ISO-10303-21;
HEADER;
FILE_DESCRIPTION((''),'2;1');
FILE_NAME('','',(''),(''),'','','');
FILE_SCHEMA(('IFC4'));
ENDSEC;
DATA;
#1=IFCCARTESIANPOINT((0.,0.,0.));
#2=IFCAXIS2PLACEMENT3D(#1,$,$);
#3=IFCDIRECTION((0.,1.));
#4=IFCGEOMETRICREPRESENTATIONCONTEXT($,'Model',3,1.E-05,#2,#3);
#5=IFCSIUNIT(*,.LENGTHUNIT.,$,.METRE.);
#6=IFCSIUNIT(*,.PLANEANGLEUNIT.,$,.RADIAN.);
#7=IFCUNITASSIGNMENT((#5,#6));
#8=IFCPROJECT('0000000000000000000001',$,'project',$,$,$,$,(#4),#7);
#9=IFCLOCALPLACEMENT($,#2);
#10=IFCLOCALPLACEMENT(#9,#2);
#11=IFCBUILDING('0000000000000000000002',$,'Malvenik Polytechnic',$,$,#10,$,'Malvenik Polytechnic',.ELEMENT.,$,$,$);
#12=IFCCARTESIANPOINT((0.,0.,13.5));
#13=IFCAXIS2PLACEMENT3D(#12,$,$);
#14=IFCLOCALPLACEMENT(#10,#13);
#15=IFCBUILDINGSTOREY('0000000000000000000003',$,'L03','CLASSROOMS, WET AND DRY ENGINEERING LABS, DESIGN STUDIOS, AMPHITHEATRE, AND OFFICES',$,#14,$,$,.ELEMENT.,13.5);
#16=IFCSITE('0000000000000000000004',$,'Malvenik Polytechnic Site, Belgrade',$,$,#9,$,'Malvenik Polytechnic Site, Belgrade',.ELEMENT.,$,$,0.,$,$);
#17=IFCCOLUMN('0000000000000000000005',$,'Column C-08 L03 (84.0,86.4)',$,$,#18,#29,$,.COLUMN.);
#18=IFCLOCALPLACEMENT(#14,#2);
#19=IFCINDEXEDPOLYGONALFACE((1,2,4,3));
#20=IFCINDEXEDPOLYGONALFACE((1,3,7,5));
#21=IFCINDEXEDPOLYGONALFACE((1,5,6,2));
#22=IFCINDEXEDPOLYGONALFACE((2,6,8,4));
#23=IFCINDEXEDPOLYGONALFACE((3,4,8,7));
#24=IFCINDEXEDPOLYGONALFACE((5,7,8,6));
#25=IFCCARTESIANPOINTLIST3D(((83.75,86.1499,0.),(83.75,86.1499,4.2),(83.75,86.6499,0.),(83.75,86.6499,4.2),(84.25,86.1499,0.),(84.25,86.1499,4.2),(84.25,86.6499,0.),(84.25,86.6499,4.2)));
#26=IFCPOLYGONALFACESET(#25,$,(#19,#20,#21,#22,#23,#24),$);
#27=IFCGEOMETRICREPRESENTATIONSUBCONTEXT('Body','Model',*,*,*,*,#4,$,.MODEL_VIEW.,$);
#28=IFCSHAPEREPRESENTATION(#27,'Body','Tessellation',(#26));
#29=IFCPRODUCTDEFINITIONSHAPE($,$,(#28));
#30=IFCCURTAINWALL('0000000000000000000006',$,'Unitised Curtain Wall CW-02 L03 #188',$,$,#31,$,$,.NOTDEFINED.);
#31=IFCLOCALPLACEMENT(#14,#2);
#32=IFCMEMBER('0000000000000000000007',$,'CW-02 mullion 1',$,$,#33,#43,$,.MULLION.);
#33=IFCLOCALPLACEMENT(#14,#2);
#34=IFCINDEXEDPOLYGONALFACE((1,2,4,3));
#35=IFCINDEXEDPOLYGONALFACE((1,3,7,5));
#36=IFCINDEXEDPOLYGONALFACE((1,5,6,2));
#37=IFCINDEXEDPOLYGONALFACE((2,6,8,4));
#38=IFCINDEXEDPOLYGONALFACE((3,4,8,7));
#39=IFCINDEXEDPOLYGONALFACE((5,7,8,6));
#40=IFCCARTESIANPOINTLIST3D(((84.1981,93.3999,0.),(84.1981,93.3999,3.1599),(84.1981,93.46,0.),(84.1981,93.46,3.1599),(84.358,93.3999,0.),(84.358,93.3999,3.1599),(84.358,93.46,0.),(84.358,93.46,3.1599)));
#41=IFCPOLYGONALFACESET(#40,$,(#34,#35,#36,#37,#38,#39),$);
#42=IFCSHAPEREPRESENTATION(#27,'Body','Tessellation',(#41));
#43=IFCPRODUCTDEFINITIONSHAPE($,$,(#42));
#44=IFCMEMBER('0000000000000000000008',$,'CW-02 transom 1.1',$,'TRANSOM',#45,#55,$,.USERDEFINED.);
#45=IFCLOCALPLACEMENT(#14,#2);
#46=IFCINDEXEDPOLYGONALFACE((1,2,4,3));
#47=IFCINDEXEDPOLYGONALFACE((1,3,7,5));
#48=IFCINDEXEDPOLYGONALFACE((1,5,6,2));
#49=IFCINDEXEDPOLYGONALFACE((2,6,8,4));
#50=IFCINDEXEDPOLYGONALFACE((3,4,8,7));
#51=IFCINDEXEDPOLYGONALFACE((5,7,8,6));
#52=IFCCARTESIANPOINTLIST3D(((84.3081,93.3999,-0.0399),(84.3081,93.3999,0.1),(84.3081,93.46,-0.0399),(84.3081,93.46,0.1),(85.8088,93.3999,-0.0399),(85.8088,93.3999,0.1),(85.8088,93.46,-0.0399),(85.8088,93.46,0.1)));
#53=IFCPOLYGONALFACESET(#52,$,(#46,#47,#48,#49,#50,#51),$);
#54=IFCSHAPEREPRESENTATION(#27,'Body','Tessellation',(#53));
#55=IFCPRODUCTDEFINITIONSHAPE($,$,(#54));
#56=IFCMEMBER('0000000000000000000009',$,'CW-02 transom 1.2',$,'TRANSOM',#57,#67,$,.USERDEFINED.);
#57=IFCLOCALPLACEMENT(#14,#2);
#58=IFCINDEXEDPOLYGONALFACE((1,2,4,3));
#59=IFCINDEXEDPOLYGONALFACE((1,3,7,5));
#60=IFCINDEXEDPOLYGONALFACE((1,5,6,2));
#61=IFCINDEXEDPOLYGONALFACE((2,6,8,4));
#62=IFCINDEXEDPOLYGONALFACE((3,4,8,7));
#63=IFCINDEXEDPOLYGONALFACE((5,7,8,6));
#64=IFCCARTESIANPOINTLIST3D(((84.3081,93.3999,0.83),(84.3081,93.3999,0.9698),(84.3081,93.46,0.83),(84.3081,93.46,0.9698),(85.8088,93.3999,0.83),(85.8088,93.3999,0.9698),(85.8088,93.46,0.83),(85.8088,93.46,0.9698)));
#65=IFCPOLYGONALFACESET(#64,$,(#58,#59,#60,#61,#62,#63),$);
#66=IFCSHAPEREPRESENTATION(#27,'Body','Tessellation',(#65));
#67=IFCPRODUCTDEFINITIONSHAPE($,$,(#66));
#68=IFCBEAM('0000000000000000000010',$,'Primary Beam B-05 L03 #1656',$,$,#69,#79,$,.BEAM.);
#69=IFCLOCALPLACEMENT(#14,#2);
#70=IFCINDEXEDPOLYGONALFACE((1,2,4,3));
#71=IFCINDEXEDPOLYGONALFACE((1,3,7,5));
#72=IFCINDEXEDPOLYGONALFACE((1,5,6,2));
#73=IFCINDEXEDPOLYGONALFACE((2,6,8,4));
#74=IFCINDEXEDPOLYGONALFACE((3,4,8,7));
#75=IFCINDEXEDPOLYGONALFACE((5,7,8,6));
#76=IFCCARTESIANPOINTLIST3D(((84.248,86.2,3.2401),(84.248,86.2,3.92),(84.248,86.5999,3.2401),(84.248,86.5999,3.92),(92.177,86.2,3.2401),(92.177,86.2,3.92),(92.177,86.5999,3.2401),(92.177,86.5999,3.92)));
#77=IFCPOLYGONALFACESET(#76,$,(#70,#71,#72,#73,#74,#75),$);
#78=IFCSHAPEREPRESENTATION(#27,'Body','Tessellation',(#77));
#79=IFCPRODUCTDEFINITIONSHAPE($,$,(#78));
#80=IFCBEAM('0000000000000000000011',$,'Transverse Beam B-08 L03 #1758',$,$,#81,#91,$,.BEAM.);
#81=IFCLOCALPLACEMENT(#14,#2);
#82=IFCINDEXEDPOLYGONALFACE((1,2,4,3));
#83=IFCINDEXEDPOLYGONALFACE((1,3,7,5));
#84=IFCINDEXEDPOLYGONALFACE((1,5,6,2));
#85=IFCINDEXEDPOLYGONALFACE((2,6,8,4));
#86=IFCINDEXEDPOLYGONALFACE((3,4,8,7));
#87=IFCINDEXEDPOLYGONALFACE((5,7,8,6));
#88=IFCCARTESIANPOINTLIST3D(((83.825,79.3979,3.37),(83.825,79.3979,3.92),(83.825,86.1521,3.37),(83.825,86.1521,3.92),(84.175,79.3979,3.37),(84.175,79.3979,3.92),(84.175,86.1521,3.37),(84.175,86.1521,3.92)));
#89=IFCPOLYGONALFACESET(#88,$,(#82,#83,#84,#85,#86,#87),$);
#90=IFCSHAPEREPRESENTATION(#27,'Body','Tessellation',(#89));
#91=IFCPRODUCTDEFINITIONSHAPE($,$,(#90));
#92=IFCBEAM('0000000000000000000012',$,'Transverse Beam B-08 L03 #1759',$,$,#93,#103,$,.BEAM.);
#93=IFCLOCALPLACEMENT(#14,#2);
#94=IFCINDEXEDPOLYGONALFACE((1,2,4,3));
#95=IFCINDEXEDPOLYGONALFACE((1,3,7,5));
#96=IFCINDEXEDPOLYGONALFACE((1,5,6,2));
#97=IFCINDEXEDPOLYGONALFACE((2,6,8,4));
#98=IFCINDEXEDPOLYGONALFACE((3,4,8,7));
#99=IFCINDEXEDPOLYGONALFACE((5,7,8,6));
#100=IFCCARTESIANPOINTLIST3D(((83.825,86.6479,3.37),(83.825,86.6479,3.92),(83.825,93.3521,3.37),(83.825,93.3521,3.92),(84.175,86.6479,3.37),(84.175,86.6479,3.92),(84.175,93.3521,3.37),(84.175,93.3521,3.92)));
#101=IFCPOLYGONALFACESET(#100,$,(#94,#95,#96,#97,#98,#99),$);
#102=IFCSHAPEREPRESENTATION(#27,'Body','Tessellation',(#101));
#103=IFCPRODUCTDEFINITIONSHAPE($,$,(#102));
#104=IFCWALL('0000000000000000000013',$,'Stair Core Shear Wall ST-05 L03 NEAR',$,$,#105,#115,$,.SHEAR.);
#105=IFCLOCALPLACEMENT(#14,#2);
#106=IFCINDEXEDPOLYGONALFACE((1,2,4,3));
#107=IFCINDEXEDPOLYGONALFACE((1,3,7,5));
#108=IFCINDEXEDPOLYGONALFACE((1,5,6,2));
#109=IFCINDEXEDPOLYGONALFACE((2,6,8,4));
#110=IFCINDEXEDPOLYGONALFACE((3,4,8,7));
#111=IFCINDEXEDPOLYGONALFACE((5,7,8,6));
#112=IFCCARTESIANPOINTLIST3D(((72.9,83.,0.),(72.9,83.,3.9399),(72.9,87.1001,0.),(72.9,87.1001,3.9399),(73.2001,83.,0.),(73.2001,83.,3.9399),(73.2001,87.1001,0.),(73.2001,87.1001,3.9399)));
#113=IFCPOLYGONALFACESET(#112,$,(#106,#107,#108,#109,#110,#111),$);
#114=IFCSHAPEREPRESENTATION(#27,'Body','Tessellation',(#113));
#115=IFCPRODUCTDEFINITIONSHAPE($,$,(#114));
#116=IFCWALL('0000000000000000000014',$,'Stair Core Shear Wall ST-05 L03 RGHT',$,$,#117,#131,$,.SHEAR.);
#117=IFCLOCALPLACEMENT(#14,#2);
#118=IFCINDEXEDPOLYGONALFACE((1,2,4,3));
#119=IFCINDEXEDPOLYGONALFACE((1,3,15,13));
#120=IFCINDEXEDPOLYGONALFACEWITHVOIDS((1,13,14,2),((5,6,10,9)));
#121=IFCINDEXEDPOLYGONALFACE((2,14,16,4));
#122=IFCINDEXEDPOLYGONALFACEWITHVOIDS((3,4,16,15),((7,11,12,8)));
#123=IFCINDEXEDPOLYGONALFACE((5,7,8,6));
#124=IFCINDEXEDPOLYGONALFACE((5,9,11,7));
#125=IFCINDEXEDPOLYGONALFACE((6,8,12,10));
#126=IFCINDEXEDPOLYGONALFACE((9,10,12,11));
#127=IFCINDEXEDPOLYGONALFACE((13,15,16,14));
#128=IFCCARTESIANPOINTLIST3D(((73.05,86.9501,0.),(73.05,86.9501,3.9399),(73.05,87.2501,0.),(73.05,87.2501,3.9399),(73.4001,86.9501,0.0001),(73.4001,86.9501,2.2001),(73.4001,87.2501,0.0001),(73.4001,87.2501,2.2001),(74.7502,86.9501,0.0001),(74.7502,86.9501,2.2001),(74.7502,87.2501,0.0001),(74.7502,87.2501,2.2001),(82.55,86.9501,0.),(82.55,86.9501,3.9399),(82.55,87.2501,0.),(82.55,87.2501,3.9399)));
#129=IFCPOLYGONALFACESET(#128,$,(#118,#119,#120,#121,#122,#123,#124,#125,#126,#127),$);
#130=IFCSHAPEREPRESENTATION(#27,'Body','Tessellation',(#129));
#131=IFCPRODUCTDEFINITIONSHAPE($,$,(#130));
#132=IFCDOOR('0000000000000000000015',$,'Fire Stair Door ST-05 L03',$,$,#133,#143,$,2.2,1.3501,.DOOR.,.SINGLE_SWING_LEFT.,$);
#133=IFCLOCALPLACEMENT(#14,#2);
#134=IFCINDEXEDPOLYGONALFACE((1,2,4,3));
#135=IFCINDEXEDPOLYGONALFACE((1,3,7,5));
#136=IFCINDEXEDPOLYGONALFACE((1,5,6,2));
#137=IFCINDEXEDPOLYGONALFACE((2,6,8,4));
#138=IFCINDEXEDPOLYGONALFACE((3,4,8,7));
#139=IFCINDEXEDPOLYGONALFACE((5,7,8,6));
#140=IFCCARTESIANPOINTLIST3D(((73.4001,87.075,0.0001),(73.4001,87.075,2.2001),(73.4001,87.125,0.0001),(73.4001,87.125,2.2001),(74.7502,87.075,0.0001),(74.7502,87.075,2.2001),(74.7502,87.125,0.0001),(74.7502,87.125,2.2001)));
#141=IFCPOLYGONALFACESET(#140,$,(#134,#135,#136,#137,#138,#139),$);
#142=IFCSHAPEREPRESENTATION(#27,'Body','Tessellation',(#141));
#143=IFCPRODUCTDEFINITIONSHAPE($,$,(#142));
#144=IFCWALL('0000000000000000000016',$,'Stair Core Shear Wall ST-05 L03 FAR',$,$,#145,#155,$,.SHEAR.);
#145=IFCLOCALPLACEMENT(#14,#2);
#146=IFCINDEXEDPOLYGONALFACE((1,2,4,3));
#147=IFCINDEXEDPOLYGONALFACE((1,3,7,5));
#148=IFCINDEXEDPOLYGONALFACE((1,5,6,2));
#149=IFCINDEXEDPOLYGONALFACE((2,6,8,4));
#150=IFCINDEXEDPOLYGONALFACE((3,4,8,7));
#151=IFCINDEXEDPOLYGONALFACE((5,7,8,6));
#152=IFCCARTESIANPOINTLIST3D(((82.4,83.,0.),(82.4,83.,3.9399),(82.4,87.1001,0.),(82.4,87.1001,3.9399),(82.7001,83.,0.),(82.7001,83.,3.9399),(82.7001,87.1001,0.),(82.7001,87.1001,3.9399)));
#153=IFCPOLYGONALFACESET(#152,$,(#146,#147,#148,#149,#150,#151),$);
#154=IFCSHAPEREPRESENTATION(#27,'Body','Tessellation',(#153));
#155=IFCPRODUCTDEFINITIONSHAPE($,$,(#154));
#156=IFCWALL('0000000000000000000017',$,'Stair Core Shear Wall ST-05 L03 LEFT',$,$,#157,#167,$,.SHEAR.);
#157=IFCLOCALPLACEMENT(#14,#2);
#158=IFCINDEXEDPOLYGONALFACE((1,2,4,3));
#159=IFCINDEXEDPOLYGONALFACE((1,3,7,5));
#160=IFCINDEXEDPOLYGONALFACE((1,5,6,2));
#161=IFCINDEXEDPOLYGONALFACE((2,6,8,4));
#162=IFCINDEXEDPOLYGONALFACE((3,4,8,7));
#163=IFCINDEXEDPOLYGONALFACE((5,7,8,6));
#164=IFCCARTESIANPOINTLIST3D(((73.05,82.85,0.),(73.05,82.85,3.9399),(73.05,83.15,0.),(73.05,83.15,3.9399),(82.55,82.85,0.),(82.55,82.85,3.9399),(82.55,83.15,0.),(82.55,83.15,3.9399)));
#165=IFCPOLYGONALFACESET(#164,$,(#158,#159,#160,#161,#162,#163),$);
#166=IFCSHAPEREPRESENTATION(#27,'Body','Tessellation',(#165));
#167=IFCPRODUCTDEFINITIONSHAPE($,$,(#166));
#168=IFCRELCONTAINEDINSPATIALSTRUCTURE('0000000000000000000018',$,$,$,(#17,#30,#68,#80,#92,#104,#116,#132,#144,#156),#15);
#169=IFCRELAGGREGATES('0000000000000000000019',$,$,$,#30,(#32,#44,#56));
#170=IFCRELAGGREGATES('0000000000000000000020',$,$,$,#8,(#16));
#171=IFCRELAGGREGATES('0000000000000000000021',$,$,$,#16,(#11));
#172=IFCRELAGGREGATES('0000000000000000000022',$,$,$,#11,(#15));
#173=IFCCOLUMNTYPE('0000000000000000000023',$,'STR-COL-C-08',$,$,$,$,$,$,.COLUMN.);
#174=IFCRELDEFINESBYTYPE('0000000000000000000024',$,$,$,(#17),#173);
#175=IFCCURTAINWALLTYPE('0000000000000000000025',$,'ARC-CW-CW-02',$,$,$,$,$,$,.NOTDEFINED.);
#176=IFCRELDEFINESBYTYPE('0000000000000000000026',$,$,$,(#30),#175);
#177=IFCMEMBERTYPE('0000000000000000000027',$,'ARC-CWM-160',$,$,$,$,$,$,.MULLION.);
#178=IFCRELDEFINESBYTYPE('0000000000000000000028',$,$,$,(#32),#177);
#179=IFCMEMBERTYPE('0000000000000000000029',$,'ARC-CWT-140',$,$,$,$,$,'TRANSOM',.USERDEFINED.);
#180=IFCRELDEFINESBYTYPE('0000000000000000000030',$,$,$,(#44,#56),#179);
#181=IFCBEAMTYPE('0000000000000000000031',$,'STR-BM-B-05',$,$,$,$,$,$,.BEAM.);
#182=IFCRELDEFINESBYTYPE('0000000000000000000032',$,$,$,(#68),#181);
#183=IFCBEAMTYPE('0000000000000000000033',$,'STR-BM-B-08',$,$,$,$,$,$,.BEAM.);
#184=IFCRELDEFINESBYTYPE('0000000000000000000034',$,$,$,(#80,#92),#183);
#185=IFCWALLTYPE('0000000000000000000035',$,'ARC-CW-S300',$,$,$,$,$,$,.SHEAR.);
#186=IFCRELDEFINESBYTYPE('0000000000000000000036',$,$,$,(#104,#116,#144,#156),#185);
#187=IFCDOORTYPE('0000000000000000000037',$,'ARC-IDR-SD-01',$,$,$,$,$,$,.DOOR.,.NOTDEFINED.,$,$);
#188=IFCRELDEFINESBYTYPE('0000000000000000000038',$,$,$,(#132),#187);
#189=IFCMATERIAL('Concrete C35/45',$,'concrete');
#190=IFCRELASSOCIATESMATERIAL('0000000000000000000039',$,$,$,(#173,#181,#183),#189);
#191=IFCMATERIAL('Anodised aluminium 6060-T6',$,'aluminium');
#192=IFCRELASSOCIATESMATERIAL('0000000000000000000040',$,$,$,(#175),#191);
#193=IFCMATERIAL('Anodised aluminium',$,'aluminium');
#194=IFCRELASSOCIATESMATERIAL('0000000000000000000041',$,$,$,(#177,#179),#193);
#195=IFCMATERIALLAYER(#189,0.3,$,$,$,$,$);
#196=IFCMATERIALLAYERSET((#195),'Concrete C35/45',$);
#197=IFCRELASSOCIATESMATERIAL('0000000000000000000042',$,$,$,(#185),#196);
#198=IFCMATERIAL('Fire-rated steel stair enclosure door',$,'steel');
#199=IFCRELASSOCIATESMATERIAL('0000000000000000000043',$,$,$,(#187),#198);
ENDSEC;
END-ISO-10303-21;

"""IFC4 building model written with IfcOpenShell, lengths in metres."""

from ifc_helpers import new_model, si_unit, direction, frame, frame_2d, origin, origin_2d, place, context, subcontext, project, spatial, rectangle, extrude, material, layer, layer_set, material_profile, profile_set, type_object, element, fill, aggregate, save


model = new_model("IFC4")

# Units and contexts
model_context = context("Model", 3, precision=1e-05, world=origin(), true_north=direction((0.0, 1.0)))
body_context = subcontext(model_context, "Body", "Model", "MODEL_VIEW")
ifc_project = project(units=[si_unit("LENGTHUNIT", "METRE"), si_unit("PLANEANGLEUNIT", "RADIAN")], contexts=[model_context])

# Site, building, storey
site_placement = place(None, origin())
site = spatial("IfcSite", under=ifc_project, at=site_placement, Name="Malvenik Polytechnic Site, Belgrade", LongName="Malvenik Polytechnic Site, Belgrade", CompositionType="ELEMENT", RefElevation=0.0)
building_placement = place(site_placement, origin())
building = spatial("IfcBuilding", under=site, at=building_placement, Name="Malvenik Polytechnic", LongName="Malvenik Polytechnic", CompositionType="ELEMENT")
storey_placement = place(building_placement, frame((0.0, 0.0, 13.5)))
storey = spatial("IfcBuildingStorey", under=building, at=storey_placement, Name="L03", Description="CLASSROOMS, WET AND DRY ENGINEERING LABS, DESIGN STUDIOS, AMPHITHEATRE, AND OFFICES", CompositionType="ELEMENT", Elevation=13.5)

# Column
ifc_material_1 = material(Name="Concrete C35/45", Category="concrete")
ifc_material_profile_1 = material_profile(ifc_material_1, rectangle(XDim=0.5, YDim=0.5, at=origin_2d()), Name="RC COL 500x500")
ifc_profile_set_1 = profile_set([ifc_material_profile_1], Name="Concrete C35/45")
column_type = type_object("IfcColumnType", Name="STR-COL-C-08", PredefinedType="COLUMN", material=ifc_profile_set_1)
column_placement = place(storey_placement, frame((84.0, 86.3999, 0.0), z_axis=(0.0, 0.0, 1.0), x_axis=(1.0, 0.0, 0.0)))
element("IfcColumn", 1, at=column_placement, inside=storey, type_object=column_type, Name="Column C-08 L03 (84.0,86.4)", PredefinedType="COLUMN", context=body_context, shape_type="SweptSolid", body=[
    extrude(rectangle(XDim=0.5, YDim=0.5, at=origin_2d()), origin(), (0.0, 0.0, 1.0), 4.2),
])

# Curtain wall, members
ifc_material_2 = material(Name="Anodised aluminium 6060-T6", Category="aluminium")
curtain_wall_type = type_object("IfcCurtainWallType", Name="ARC-CW-CW-02", PredefinedType="NOTDEFINED", material=ifc_material_2)
curtain_wall_placement = place(storey_placement, origin())
curtain_wall = element("IfcCurtainWall", 2, at=curtain_wall_placement, inside=storey, type_object=curtain_wall_type, Name="Unitised Curtain Wall CW-02 L03 #188", PredefinedType="NOTDEFINED")
ifc_material_3 = material(Name="Anodised aluminium", Category="aluminium")
ifc_material_profile_2 = material_profile(ifc_material_3, rectangle(XDim=0.0601, YDim=0.1599, at=origin_2d()), Name="ALU MULLION 60x160")
ifc_profile_set_2 = profile_set([ifc_material_profile_2], Name="Anodised aluminium")
member_type_1 = type_object("IfcMemberType", Name="ARC-CWM-160", PredefinedType="MULLION", material=ifc_profile_set_2)
member_1_placement = place(storey_placement, frame((84.2781, 93.4299, 0.0), z_axis=(0.0, 0.0, 1.0), x_axis=(0.0, 1.0, 0.0)))
member_1 = element("IfcMember", 3, at=member_1_placement, type_object=member_type_1, Name="CW-02 mullion 1", PredefinedType="MULLION", context=body_context, shape_type="SweptSolid", body=[
    extrude(rectangle(XDim=0.0601, YDim=0.1599, at=origin_2d()), origin(), (0.0, 0.0, 1.0), 3.1599),
])
ifc_material_profile_3 = material_profile(ifc_material_3, rectangle(XDim=0.0601, YDim=0.1399, at=origin_2d()), Name="ALU TRANSOM 60x140")
ifc_profile_set_3 = profile_set([ifc_material_profile_3], Name="Anodised aluminium")
member_type_2 = type_object("IfcMemberType", Name="ARC-CWT-140", ElementType="TRANSOM", PredefinedType="USERDEFINED", material=ifc_profile_set_3)
member_2_placement = place(storey_placement, frame((84.3081, 93.4299, 0.03), z_axis=(1.0, 0.0, 0.0), x_axis=(0.0, 1.0, 0.0)))
member_2 = element("IfcMember", 4, at=member_2_placement, type_object=member_type_2, Name="CW-02 transom 1.1", ObjectType="TRANSOM", PredefinedType="USERDEFINED", context=body_context, shape_type="SweptSolid", body=[
    extrude(rectangle(XDim=0.0601, YDim=0.1399, at=origin_2d()), origin(), (0.0, 0.0, 1.0), 1.5007),
])
member_3_placement = place(storey_placement, frame((84.3081, 93.4299, 0.8999), z_axis=(1.0, 0.0, 0.0), x_axis=(0.0, 1.0, 0.0)))
member_3 = element("IfcMember", 5, at=member_3_placement, type_object=member_type_2, Name="CW-02 transom 1.2", ObjectType="TRANSOM", PredefinedType="USERDEFINED", context=body_context, shape_type="SweptSolid", body=[
    extrude(rectangle(XDim=0.0601, YDim=0.1399, at=origin_2d()), origin(), (0.0, 0.0, 1.0), 1.5007),
])
aggregate(curtain_wall, [member_1, member_2, member_3])

# Beams
ifc_material_profile_4 = material_profile(ifc_material_1, rectangle(XDim=0.3999, YDim=0.6799, at=origin_2d()), Name="RC BM 400x680")
ifc_profile_set_4 = profile_set([ifc_material_profile_4], Name="Concrete C35/45")
beam_type_1 = type_object("IfcBeamType", Name="STR-BM-B-05", PredefinedType="BEAM", material=ifc_profile_set_4)
beam_1_placement = place(storey_placement, frame((84.248, 86.3999, 3.5801), z_axis=(1.0, 0.0, 0.0), x_axis=(0.0, 1.0, 0.0)))
element("IfcBeam", 6, at=beam_1_placement, inside=storey, type_object=beam_type_1, Name="Primary Beam B-05 L03 #1656", PredefinedType="BEAM", context=body_context, shape_type="SweptSolid", body=[
    extrude(rectangle(XDim=0.3999, YDim=0.6799, at=origin_2d()), origin(), (0.0, 0.0, 1.0), 7.929),
])
ifc_material_profile_5 = material_profile(ifc_material_1, rectangle(XDim=0.3501, YDim=0.55, at=origin_2d()), Name="RC BM 350x550")
ifc_profile_set_5 = profile_set([ifc_material_profile_5], Name="Concrete C35/45")
beam_type_2 = type_object("IfcBeamType", Name="STR-BM-B-08", PredefinedType="BEAM", material=ifc_profile_set_5)
beam_2_placement = place(storey_placement, frame((84.0, 79.3979, 3.645), z_axis=(0.0, 1.0, 0.0), x_axis=(-1.0, 0.0, 0.0)))
element("IfcBeam", 7, at=beam_2_placement, inside=storey, type_object=beam_type_2, Name="Transverse Beam B-08 L03 #1758", PredefinedType="BEAM", context=body_context, shape_type="SweptSolid", body=[
    extrude(rectangle(XDim=0.3501, YDim=0.55, at=origin_2d()), origin(), (0.0, 0.0, 1.0), 6.7542),
])
beam_3_placement = place(storey_placement, frame((84.0, 86.6479, 3.645), z_axis=(0.0, 1.0, 0.0), x_axis=(-1.0, 0.0, 0.0)))
element("IfcBeam", 8, at=beam_3_placement, inside=storey, type_object=beam_type_2, Name="Transverse Beam B-08 L03 #1759", PredefinedType="BEAM", context=body_context, shape_type="SweptSolid", body=[
    extrude(rectangle(XDim=0.3501, YDim=0.55, at=origin_2d()), origin(), (0.0, 0.0, 1.0), 6.7041),
])

# Wall
ifc_layer_1 = layer(ifc_material_1, 0.3)
ifc_layer_set_1 = layer_set([ifc_layer_1], Name="Concrete C35/45")
wall_type_1 = type_object("IfcWallType", Name="ARC-CW-S300", PredefinedType="SHEAR", material=ifc_layer_set_1)
wall_1_placement = place(storey_placement, frame((73.05, 83.0, 0.0), z_axis=(0.0, 0.0, 1.0), x_axis=(0.0, 1.0, 0.0)))
element("IfcWall", 9, at=wall_1_placement, inside=storey, type_object=wall_type_1, Name="Stair Core Shear Wall ST-05 L03 NEAR", PredefinedType="SHEAR", context=body_context, shape_type="SweptSolid", body=[
    extrude(rectangle(XDim=4.1001, YDim=0.3, at=frame_2d((2.05, 0.0))), origin(), (0.0, 0.0, 1.0), 3.9399),
])

# Wall, opening, door
wall_2_placement = place(storey_placement, frame((73.05, 87.1001, 0.0), z_axis=(0.0, 0.0, 1.0), x_axis=(1.0, 0.0, 0.0)))
wall_2 = element("IfcWall", 10, at=wall_2_placement, inside=storey, type_object=wall_type_1, Name="Stair Core Shear Wall ST-05 L03 RGHT", PredefinedType="SHEAR", context=body_context, shape_type="SweptSolid", body=[
    extrude(rectangle(XDim=9.5, YDim=0.3, at=frame_2d((4.75, 0.0))), origin(), (0.0, 0.0, 1.0), 3.9399),
])
opening_1_placement = place(wall_2_placement, frame((0.3501, 0.0, 0.0)))
opening_1 = element("IfcOpeningElement", 11, at=opening_1_placement, cuts=wall_2, PredefinedType="OPENING", context=body_context, shape_type="SweptSolid", body=[
    extrude(rectangle(XDim=1.3501, YDim=2.2, at=frame_2d((0.675, 1.1001))), frame((0.0, 0.1602, 0.0), z_axis=(0.0, -1.0, 0.0), x_axis=(1.0, 0.0, 0.0)), (0.0, 0.0, 1.0), 0.3201),
])
ifc_material_4 = material(Name="Fire-rated steel stair enclosure door", Category="steel")
door_type_1 = type_object("IfcDoorType", Name="ARC-IDR-SD-01", OperationType="NOTDEFINED", PredefinedType="DOOR", material=ifc_material_4)
door_1_placement = place(opening_1_placement, origin())
door_1 = element("IfcDoor", 12, at=door_1_placement, inside=storey, type_object=door_type_1, Name="Fire Stair Door ST-05 L03", OperationType="SINGLE_SWING_LEFT", OverallHeight=2.2, OverallWidth=1.3501, PredefinedType="DOOR", context=body_context, shape_type="SweptSolid", body=[
    extrude(rectangle(XDim=1.3501, YDim=2.2, at=frame_2d((0.675, 1.1001))), frame((0.0, 0.0249, 0.0), z_axis=(0.0, -1.0, 0.0), x_axis=(1.0, 0.0, 0.0)), (0.0, 0.0, 1.0), 0.05),
])
fill(opening_1, door_1)

# Walls
wall_3_placement = place(storey_placement, frame((82.55, 87.1001, 0.0), z_axis=(0.0, 0.0, 1.0), x_axis=(0.0, -1.0, 0.0)))
element("IfcWall", 13, at=wall_3_placement, inside=storey, type_object=wall_type_1, Name="Stair Core Shear Wall ST-05 L03 FAR", PredefinedType="SHEAR", context=body_context, shape_type="SweptSolid", body=[
    extrude(rectangle(XDim=4.1001, YDim=0.3, at=frame_2d((2.05, 0.0))), origin(), (0.0, 0.0, 1.0), 3.9399),
])
wall_4_placement = place(storey_placement, frame((82.55, 83.0, 0.0), z_axis=(0.0, 0.0, 1.0), x_axis=(-1.0, 0.0, 0.0)))
element("IfcWall", 14, at=wall_4_placement, inside=storey, type_object=wall_type_1, Name="Stair Core Shear Wall ST-05 L03 LEFT", PredefinedType="SHEAR", context=body_context, shape_type="SweptSolid", body=[
    extrude(rectangle(XDim=9.5, YDim=0.3, at=frame_2d((4.75, 0.0))), origin(), (0.0, 0.0, 1.0), 3.9399),
])

save(model, "model.ifc")
